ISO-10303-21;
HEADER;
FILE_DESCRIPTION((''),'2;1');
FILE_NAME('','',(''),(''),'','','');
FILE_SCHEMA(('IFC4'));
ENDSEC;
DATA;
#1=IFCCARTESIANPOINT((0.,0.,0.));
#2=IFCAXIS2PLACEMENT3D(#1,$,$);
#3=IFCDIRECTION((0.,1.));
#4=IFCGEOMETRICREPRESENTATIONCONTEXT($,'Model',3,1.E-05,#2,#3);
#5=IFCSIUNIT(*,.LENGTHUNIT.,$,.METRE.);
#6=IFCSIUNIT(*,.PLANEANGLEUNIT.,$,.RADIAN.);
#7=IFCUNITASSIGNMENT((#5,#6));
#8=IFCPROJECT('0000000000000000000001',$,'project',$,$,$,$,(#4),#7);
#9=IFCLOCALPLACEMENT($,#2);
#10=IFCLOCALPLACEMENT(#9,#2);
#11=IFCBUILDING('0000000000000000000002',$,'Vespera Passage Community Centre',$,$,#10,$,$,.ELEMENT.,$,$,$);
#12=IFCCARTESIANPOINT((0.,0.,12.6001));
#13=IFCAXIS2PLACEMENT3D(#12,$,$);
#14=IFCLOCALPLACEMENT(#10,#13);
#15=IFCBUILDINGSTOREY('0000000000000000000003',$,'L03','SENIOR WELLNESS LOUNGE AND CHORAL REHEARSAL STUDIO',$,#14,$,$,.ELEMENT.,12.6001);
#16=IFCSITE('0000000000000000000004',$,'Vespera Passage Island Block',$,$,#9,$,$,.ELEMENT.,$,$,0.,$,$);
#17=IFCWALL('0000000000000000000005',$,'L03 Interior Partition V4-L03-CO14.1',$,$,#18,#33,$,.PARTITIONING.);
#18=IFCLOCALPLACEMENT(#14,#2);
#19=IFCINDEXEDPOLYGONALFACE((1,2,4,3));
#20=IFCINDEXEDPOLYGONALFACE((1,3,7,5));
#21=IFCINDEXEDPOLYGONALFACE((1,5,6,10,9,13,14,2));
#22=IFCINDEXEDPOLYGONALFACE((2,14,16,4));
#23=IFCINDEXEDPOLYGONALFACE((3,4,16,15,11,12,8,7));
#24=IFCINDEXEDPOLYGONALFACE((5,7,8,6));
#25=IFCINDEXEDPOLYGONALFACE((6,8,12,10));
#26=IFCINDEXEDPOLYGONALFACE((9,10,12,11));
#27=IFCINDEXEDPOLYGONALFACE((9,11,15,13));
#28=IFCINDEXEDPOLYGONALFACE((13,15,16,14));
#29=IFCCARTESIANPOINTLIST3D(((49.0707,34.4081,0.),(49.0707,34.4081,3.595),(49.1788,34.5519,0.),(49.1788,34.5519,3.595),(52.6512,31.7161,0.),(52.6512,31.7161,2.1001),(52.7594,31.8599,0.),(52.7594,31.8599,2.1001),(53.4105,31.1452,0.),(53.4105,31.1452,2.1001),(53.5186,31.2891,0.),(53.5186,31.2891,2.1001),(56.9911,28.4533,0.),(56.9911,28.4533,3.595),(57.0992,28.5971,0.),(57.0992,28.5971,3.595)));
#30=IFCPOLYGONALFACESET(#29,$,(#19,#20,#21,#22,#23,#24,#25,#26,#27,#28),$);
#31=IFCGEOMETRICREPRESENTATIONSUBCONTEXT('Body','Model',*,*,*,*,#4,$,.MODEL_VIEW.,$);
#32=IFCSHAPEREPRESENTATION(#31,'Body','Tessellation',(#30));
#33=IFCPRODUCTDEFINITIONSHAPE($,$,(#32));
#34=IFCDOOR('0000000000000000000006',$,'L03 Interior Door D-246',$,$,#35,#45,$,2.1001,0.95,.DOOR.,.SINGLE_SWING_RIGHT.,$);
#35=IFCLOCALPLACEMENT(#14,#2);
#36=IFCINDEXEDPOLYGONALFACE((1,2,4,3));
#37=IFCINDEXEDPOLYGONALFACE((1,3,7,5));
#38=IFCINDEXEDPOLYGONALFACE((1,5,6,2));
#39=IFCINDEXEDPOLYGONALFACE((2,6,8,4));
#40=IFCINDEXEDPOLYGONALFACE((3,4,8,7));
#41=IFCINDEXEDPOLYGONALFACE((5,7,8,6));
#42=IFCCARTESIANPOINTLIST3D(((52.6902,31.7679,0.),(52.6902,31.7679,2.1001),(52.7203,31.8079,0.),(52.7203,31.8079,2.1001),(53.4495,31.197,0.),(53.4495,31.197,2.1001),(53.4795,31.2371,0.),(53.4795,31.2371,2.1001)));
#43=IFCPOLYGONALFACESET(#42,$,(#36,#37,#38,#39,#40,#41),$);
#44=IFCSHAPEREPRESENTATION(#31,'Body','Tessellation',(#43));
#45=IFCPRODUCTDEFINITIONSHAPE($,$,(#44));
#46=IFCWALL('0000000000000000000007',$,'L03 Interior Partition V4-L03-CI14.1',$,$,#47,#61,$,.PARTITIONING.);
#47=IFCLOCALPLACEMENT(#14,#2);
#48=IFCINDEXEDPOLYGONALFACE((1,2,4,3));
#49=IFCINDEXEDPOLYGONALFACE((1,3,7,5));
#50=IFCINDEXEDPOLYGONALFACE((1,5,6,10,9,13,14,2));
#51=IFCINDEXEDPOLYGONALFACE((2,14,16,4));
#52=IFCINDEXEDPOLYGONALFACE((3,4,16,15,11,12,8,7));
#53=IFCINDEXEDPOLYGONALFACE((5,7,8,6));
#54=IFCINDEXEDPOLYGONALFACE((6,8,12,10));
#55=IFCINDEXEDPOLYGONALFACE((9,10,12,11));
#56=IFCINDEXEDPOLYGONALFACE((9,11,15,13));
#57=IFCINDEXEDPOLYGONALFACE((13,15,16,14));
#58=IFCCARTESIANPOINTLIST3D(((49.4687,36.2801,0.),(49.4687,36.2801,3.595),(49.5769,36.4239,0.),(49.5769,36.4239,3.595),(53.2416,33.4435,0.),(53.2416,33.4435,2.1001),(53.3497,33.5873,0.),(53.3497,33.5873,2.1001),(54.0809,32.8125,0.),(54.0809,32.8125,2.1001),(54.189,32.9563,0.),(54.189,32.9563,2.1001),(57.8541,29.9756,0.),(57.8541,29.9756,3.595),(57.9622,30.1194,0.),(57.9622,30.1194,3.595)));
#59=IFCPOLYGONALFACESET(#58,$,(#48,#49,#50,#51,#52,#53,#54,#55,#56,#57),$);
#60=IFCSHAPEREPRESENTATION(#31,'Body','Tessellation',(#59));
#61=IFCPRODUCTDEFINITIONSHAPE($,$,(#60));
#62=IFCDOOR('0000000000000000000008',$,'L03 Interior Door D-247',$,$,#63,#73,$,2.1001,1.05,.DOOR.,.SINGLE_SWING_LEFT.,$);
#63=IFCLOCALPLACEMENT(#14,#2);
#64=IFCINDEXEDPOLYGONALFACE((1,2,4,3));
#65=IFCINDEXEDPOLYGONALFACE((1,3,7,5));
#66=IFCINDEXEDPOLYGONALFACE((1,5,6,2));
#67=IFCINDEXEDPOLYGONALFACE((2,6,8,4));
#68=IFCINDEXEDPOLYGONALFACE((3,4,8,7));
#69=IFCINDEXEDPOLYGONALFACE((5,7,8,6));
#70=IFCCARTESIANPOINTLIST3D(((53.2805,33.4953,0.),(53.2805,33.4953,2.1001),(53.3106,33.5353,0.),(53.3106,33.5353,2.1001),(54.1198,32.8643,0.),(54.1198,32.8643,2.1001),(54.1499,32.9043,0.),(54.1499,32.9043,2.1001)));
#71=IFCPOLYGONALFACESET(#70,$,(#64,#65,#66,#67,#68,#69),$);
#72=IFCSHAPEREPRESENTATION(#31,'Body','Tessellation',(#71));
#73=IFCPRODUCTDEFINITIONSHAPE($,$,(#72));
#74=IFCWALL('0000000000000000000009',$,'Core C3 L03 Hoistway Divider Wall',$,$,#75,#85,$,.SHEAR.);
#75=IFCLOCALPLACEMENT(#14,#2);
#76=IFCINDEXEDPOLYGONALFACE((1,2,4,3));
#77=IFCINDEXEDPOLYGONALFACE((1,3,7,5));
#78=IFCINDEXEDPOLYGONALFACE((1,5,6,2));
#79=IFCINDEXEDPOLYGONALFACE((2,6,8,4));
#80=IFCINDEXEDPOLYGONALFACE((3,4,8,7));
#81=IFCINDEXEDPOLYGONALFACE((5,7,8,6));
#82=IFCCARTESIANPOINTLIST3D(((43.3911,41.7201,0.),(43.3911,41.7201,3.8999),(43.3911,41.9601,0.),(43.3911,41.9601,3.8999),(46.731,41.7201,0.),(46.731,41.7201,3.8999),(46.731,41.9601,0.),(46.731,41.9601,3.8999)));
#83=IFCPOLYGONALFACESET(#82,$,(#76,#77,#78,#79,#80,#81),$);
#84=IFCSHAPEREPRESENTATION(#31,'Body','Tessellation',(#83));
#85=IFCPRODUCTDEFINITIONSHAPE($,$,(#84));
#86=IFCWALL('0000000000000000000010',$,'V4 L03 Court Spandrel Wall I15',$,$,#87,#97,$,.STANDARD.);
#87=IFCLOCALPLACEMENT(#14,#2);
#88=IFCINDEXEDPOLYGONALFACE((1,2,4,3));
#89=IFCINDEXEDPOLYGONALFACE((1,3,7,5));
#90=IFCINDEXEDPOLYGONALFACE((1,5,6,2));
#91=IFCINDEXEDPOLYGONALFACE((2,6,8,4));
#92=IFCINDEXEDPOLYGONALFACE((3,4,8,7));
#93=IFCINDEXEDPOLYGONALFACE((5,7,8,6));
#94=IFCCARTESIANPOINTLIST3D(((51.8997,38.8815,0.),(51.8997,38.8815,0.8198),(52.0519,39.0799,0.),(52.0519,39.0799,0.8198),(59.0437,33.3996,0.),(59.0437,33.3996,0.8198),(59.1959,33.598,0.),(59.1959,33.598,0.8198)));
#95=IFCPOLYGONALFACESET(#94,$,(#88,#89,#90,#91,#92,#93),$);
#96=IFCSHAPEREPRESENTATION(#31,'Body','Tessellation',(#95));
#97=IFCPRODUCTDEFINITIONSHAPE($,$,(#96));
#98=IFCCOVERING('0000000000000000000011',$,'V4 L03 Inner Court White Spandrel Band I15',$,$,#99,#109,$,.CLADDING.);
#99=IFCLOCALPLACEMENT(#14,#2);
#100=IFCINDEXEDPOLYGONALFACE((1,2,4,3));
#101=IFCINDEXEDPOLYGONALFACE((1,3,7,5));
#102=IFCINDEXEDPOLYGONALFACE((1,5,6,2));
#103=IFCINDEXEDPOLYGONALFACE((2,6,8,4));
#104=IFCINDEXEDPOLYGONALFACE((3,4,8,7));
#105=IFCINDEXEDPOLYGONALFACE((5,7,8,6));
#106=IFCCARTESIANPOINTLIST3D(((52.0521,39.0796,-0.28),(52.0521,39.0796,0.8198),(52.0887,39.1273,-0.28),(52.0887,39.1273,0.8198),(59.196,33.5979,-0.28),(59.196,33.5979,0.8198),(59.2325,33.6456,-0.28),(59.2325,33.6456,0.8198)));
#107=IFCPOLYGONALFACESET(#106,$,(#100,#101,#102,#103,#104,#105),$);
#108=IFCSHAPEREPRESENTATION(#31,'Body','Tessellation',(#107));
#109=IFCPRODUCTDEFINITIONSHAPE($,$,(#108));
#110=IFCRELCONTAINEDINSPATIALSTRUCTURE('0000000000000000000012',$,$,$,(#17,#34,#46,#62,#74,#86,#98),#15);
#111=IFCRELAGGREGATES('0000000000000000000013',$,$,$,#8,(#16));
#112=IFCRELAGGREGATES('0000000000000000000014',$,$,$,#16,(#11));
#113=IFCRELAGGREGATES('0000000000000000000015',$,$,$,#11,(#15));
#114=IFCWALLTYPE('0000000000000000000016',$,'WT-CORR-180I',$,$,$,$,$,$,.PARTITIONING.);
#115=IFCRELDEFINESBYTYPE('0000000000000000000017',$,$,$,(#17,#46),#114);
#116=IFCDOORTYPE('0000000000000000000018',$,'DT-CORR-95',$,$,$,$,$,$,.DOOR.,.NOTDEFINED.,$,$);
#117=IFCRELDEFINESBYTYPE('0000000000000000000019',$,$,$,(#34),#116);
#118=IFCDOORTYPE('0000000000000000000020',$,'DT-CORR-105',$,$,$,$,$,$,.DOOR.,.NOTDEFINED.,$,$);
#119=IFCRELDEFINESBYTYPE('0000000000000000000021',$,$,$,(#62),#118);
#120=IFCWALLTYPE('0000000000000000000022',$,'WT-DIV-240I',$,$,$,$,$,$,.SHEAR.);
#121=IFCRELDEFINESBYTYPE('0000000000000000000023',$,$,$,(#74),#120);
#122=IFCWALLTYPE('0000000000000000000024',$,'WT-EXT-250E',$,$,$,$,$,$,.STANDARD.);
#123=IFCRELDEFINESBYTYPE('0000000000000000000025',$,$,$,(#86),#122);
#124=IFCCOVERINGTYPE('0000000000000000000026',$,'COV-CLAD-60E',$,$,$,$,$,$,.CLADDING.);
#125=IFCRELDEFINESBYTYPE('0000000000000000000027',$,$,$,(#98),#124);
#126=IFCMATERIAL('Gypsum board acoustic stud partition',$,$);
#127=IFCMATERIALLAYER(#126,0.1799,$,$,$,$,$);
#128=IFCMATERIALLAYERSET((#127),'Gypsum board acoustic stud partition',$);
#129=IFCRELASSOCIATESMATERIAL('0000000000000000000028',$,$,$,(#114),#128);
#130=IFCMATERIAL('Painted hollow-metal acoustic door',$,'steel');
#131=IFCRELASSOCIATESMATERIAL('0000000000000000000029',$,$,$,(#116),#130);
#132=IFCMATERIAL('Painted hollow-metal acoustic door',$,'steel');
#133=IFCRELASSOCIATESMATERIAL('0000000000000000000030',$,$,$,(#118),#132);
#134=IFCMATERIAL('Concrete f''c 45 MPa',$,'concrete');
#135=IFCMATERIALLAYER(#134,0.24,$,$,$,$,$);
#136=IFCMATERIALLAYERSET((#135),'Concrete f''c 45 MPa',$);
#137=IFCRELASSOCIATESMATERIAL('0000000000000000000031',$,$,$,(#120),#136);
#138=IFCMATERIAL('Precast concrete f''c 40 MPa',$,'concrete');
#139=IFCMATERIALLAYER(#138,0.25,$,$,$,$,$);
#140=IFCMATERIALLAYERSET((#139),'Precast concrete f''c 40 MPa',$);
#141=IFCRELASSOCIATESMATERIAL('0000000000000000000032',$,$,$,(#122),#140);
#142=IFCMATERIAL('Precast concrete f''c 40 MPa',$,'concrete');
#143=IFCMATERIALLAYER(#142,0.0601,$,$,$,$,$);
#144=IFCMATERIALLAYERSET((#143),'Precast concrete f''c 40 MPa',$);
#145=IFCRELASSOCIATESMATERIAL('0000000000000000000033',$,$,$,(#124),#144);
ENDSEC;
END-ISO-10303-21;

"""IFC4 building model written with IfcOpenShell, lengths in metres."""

from ifc_helpers import new_model, si_unit, direction, frame, frame_2d, origin, place, context, subcontext, project, spatial, rectangle, extrude, material, layer, layer_set, type_object, element, fill, save


model = new_model("IFC4")

# Units and contexts
model_context = context("Model", 3, precision=1e-05, world=origin(), true_north=direction((0.0, 1.0)))
body_context = subcontext(model_context, "Body", "Model", "MODEL_VIEW")
ifc_project = project(units=[si_unit("LENGTHUNIT", "METRE"), si_unit("PLANEANGLEUNIT", "RADIAN")], contexts=[model_context])

# Site, building, storey
site_placement = place(None, origin())
site = spatial("IfcSite", under=ifc_project, at=site_placement, Name="Vespera Passage Island Block", CompositionType="ELEMENT", RefElevation=0.0)
building_placement = place(site_placement, origin())
building = spatial("IfcBuilding", under=site, at=building_placement, Name="Vespera Passage Community Centre", CompositionType="ELEMENT")
storey_placement = place(building_placement, frame((0.0, 0.0, 12.6001)))
storey = spatial("IfcBuildingStorey", under=building, at=storey_placement, Name="L03", Description="SENIOR WELLNESS LOUNGE AND CHORAL REHEARSAL STUDIO", CompositionType="ELEMENT", Elevation=12.6001)

# Shared definitions
ifc_material_1 = material(Name="Gypsum board acoustic stud partition")
ifc_layer_1 = layer(ifc_material_1, 0.1799)
ifc_layer_set_1 = layer_set([ifc_layer_1], Name="Gypsum board acoustic stud partition")
wall_type_1 = type_object("IfcWallType", Name="WT-CORR-180I", PredefinedType="PARTITIONING", material=ifc_layer_set_1)

# Walls, openings, doors
wall_1_placement = place(storey_placement, frame((49.1248, 34.48, 0.0), z_axis=(0.0, 0.0, 1.0), x_axis=(0.799296, -0.600938, 0.0)))
wall_1 = element("IfcWall", 1, at=wall_1_placement, inside=storey, type_object=wall_type_1, Name="L03 Interior Partition V4-L03-CO14.1", PredefinedType="PARTITIONING", context=body_context, shape_type="SweptSolid", body=[
    extrude(rectangle(XDim=9.9092, YDim=0.1799, at=frame_2d((4.9546, 0.0))), origin(), (0.0, 0.0, 1.0), 3.595),
])
opening_1_placement = place(wall_1_placement, frame((4.4795, 0.0, 0.0)))
opening_1 = element("IfcOpeningElement", 2, at=opening_1_placement, cuts=wall_1, PredefinedType="OPENING", context=body_context, shape_type="SweptSolid", body=[
    extrude(rectangle(XDim=0.95, YDim=2.1001, at=frame_2d((0.4751, 1.05))), frame((0.0, 0.0999, 0.0), z_axis=(0.0, -1.0, 0.0), x_axis=(1.0, 0.0, 0.0)), (0.0, 0.0, 1.0), 0.2),
])
ifc_material_2 = material(Name="Painted hollow-metal acoustic door", Category="steel")
door_type_1 = type_object("IfcDoorType", Name="DT-CORR-95", OperationType="NOTDEFINED", PredefinedType="DOOR", material=ifc_material_2)
door_1_placement = place(opening_1_placement, origin())
door_1 = element("IfcDoor", 3, at=door_1_placement, inside=storey, type_object=door_type_1, Name="L03 Interior Door D-246", OperationType="SINGLE_SWING_RIGHT", OverallHeight=2.1001, OverallWidth=0.95, PredefinedType="DOOR", context=body_context, shape_type="SweptSolid", body=[
    extrude(rectangle(XDim=0.95, YDim=2.1001, at=frame_2d((0.4751, 1.05))), frame((0.0, 0.0249, 0.0), z_axis=(0.0, -1.0, 0.0), x_axis=(1.0, 0.0, 0.0)), (0.0, 0.0, 1.0), 0.05),
])
fill(opening_1, door_1)
wall_2_placement = place(storey_placement, frame((49.5227, 36.3521, 0.0), z_axis=(0.0, 0.0, 1.0), x_axis=(0.79929, -0.600945, 0.0)))
wall_2 = element("IfcWall", 4, at=wall_2_placement, inside=storey, type_object=wall_type_1, Name="L03 Interior Partition V4-L03-CI14.1", PredefinedType="PARTITIONING", context=body_context, shape_type="SweptSolid", body=[
    extrude(rectangle(XDim=10.491, YDim=0.1799, at=frame_2d((5.2456, 0.0))), origin(), (0.0, 0.0, 1.0), 3.595),
])
opening_2_placement = place(wall_2_placement, frame((4.7205, 0.0, 0.0)))
opening_2 = element("IfcOpeningElement", 5, at=opening_2_placement, cuts=wall_2, PredefinedType="OPENING", context=body_context, shape_type="SweptSolid", body=[
    extrude(rectangle(XDim=1.05, YDim=2.1001, at=frame_2d((0.5249, 1.05))), frame((0.0, 0.0999, 0.0), z_axis=(0.0, -1.0, 0.0), x_axis=(1.0, 0.0, 0.0)), (0.0, 0.0, 1.0), 0.2),
])
ifc_material_3 = material(Name="Painted hollow-metal acoustic door", Category="steel")
door_type_2 = type_object("IfcDoorType", Name="DT-CORR-105", OperationType="NOTDEFINED", PredefinedType="DOOR", material=ifc_material_3)
door_2_placement = place(opening_2_placement, origin())
door_2 = element("IfcDoor", 6, at=door_2_placement, inside=storey, type_object=door_type_2, Name="L03 Interior Door D-247", OperationType="SINGLE_SWING_LEFT", OverallHeight=2.1001, OverallWidth=1.05, PredefinedType="DOOR", context=body_context, shape_type="SweptSolid", body=[
    extrude(rectangle(XDim=1.05, YDim=2.1001, at=frame_2d((0.5249, 1.05))), frame((0.0, 0.0249, 0.0), z_axis=(0.0, -1.0, 0.0), x_axis=(1.0, 0.0, 0.0)), (0.0, 0.0, 1.0), 0.05),
])
fill(opening_2, door_2)

# Walls
ifc_material_4 = material(Name="Concrete f'c 45 MPa", Category="concrete")
ifc_layer_2 = layer(ifc_material_4, 0.24)
ifc_layer_set_2 = layer_set([ifc_layer_2], Name="Concrete f'c 45 MPa")
wall_type_2 = type_object("IfcWallType", Name="WT-DIV-240I", PredefinedType="SHEAR", material=ifc_layer_set_2)
wall_3_placement = place(storey_placement, frame((46.731, 41.8401, 0.0), z_axis=(0.0, 0.0, 1.0), x_axis=(-1.0, 0.0, 0.0)))
element("IfcWall", 7, at=wall_3_placement, inside=storey, type_object=wall_type_2, Name="Core C3 L03 Hoistway Divider Wall", PredefinedType="SHEAR", context=body_context, shape_type="SweptSolid", body=[
    extrude(rectangle(XDim=3.3398, YDim=0.24, at=frame_2d((1.6699, 0.0))), origin(), (0.0, 0.0, 1.0), 3.8999),
])
ifc_material_5 = material(Name="Precast concrete f'c 40 MPa", Category="concrete")
ifc_layer_3 = layer(ifc_material_5, 0.25)
ifc_layer_set_3 = layer_set([ifc_layer_3], Name="Precast concrete f'c 40 MPa")
wall_type_3 = type_object("IfcWallType", Name="WT-EXT-250E", PredefinedType="STANDARD", material=ifc_layer_set_3)
wall_4_placement = place(storey_placement, frame((51.9758, 38.9807, 0.0), z_axis=(0.0, 0.0, 1.0), x_axis=(0.793347, -0.60877, 0.0)))
element("IfcWall", 8, at=wall_4_placement, inside=storey, type_object=wall_type_3, Name="V4 L03 Court Spandrel Wall I15", PredefinedType="STANDARD", context=body_context, shape_type="SweptSolid", body=[
    extrude(rectangle(XDim=9.0049, YDim=0.25, at=frame_2d((4.5024, 0.0))), origin(), (0.0, 0.0, 1.0), 0.8198),
])

# Covering
ifc_material_6 = material(Name="Precast concrete f'c 40 MPa", Category="concrete")
ifc_layer_4 = layer(ifc_material_6, 0.0601)
ifc_layer_set_4 = layer_set([ifc_layer_4], Name="Precast concrete f'c 40 MPa")
covering_type = type_object("IfcCoveringType", Name="COV-CLAD-60E", PredefinedType="CLADDING", material=ifc_layer_set_4)
covering_placement = place(storey_placement, frame((52.0703, 39.1035, -0.28), z_axis=(0.0, 0.0, 1.0), x_axis=(0.79335, -0.608766, 0.0)))
element("IfcCovering", 9, at=covering_placement, inside=storey, type_object=covering_type, Name="V4 L03 Inner Court White Spandrel Band I15", PredefinedType="CLADDING", context=body_context, shape_type="SweptSolid", body=[
    extrude(rectangle(XDim=9.0046, YDim=0.0601, at=frame_2d((4.5024, 0.0))), origin(), (0.0, 0.0, 1.0), 1.0999),
])

save(model, "model.ifc")
